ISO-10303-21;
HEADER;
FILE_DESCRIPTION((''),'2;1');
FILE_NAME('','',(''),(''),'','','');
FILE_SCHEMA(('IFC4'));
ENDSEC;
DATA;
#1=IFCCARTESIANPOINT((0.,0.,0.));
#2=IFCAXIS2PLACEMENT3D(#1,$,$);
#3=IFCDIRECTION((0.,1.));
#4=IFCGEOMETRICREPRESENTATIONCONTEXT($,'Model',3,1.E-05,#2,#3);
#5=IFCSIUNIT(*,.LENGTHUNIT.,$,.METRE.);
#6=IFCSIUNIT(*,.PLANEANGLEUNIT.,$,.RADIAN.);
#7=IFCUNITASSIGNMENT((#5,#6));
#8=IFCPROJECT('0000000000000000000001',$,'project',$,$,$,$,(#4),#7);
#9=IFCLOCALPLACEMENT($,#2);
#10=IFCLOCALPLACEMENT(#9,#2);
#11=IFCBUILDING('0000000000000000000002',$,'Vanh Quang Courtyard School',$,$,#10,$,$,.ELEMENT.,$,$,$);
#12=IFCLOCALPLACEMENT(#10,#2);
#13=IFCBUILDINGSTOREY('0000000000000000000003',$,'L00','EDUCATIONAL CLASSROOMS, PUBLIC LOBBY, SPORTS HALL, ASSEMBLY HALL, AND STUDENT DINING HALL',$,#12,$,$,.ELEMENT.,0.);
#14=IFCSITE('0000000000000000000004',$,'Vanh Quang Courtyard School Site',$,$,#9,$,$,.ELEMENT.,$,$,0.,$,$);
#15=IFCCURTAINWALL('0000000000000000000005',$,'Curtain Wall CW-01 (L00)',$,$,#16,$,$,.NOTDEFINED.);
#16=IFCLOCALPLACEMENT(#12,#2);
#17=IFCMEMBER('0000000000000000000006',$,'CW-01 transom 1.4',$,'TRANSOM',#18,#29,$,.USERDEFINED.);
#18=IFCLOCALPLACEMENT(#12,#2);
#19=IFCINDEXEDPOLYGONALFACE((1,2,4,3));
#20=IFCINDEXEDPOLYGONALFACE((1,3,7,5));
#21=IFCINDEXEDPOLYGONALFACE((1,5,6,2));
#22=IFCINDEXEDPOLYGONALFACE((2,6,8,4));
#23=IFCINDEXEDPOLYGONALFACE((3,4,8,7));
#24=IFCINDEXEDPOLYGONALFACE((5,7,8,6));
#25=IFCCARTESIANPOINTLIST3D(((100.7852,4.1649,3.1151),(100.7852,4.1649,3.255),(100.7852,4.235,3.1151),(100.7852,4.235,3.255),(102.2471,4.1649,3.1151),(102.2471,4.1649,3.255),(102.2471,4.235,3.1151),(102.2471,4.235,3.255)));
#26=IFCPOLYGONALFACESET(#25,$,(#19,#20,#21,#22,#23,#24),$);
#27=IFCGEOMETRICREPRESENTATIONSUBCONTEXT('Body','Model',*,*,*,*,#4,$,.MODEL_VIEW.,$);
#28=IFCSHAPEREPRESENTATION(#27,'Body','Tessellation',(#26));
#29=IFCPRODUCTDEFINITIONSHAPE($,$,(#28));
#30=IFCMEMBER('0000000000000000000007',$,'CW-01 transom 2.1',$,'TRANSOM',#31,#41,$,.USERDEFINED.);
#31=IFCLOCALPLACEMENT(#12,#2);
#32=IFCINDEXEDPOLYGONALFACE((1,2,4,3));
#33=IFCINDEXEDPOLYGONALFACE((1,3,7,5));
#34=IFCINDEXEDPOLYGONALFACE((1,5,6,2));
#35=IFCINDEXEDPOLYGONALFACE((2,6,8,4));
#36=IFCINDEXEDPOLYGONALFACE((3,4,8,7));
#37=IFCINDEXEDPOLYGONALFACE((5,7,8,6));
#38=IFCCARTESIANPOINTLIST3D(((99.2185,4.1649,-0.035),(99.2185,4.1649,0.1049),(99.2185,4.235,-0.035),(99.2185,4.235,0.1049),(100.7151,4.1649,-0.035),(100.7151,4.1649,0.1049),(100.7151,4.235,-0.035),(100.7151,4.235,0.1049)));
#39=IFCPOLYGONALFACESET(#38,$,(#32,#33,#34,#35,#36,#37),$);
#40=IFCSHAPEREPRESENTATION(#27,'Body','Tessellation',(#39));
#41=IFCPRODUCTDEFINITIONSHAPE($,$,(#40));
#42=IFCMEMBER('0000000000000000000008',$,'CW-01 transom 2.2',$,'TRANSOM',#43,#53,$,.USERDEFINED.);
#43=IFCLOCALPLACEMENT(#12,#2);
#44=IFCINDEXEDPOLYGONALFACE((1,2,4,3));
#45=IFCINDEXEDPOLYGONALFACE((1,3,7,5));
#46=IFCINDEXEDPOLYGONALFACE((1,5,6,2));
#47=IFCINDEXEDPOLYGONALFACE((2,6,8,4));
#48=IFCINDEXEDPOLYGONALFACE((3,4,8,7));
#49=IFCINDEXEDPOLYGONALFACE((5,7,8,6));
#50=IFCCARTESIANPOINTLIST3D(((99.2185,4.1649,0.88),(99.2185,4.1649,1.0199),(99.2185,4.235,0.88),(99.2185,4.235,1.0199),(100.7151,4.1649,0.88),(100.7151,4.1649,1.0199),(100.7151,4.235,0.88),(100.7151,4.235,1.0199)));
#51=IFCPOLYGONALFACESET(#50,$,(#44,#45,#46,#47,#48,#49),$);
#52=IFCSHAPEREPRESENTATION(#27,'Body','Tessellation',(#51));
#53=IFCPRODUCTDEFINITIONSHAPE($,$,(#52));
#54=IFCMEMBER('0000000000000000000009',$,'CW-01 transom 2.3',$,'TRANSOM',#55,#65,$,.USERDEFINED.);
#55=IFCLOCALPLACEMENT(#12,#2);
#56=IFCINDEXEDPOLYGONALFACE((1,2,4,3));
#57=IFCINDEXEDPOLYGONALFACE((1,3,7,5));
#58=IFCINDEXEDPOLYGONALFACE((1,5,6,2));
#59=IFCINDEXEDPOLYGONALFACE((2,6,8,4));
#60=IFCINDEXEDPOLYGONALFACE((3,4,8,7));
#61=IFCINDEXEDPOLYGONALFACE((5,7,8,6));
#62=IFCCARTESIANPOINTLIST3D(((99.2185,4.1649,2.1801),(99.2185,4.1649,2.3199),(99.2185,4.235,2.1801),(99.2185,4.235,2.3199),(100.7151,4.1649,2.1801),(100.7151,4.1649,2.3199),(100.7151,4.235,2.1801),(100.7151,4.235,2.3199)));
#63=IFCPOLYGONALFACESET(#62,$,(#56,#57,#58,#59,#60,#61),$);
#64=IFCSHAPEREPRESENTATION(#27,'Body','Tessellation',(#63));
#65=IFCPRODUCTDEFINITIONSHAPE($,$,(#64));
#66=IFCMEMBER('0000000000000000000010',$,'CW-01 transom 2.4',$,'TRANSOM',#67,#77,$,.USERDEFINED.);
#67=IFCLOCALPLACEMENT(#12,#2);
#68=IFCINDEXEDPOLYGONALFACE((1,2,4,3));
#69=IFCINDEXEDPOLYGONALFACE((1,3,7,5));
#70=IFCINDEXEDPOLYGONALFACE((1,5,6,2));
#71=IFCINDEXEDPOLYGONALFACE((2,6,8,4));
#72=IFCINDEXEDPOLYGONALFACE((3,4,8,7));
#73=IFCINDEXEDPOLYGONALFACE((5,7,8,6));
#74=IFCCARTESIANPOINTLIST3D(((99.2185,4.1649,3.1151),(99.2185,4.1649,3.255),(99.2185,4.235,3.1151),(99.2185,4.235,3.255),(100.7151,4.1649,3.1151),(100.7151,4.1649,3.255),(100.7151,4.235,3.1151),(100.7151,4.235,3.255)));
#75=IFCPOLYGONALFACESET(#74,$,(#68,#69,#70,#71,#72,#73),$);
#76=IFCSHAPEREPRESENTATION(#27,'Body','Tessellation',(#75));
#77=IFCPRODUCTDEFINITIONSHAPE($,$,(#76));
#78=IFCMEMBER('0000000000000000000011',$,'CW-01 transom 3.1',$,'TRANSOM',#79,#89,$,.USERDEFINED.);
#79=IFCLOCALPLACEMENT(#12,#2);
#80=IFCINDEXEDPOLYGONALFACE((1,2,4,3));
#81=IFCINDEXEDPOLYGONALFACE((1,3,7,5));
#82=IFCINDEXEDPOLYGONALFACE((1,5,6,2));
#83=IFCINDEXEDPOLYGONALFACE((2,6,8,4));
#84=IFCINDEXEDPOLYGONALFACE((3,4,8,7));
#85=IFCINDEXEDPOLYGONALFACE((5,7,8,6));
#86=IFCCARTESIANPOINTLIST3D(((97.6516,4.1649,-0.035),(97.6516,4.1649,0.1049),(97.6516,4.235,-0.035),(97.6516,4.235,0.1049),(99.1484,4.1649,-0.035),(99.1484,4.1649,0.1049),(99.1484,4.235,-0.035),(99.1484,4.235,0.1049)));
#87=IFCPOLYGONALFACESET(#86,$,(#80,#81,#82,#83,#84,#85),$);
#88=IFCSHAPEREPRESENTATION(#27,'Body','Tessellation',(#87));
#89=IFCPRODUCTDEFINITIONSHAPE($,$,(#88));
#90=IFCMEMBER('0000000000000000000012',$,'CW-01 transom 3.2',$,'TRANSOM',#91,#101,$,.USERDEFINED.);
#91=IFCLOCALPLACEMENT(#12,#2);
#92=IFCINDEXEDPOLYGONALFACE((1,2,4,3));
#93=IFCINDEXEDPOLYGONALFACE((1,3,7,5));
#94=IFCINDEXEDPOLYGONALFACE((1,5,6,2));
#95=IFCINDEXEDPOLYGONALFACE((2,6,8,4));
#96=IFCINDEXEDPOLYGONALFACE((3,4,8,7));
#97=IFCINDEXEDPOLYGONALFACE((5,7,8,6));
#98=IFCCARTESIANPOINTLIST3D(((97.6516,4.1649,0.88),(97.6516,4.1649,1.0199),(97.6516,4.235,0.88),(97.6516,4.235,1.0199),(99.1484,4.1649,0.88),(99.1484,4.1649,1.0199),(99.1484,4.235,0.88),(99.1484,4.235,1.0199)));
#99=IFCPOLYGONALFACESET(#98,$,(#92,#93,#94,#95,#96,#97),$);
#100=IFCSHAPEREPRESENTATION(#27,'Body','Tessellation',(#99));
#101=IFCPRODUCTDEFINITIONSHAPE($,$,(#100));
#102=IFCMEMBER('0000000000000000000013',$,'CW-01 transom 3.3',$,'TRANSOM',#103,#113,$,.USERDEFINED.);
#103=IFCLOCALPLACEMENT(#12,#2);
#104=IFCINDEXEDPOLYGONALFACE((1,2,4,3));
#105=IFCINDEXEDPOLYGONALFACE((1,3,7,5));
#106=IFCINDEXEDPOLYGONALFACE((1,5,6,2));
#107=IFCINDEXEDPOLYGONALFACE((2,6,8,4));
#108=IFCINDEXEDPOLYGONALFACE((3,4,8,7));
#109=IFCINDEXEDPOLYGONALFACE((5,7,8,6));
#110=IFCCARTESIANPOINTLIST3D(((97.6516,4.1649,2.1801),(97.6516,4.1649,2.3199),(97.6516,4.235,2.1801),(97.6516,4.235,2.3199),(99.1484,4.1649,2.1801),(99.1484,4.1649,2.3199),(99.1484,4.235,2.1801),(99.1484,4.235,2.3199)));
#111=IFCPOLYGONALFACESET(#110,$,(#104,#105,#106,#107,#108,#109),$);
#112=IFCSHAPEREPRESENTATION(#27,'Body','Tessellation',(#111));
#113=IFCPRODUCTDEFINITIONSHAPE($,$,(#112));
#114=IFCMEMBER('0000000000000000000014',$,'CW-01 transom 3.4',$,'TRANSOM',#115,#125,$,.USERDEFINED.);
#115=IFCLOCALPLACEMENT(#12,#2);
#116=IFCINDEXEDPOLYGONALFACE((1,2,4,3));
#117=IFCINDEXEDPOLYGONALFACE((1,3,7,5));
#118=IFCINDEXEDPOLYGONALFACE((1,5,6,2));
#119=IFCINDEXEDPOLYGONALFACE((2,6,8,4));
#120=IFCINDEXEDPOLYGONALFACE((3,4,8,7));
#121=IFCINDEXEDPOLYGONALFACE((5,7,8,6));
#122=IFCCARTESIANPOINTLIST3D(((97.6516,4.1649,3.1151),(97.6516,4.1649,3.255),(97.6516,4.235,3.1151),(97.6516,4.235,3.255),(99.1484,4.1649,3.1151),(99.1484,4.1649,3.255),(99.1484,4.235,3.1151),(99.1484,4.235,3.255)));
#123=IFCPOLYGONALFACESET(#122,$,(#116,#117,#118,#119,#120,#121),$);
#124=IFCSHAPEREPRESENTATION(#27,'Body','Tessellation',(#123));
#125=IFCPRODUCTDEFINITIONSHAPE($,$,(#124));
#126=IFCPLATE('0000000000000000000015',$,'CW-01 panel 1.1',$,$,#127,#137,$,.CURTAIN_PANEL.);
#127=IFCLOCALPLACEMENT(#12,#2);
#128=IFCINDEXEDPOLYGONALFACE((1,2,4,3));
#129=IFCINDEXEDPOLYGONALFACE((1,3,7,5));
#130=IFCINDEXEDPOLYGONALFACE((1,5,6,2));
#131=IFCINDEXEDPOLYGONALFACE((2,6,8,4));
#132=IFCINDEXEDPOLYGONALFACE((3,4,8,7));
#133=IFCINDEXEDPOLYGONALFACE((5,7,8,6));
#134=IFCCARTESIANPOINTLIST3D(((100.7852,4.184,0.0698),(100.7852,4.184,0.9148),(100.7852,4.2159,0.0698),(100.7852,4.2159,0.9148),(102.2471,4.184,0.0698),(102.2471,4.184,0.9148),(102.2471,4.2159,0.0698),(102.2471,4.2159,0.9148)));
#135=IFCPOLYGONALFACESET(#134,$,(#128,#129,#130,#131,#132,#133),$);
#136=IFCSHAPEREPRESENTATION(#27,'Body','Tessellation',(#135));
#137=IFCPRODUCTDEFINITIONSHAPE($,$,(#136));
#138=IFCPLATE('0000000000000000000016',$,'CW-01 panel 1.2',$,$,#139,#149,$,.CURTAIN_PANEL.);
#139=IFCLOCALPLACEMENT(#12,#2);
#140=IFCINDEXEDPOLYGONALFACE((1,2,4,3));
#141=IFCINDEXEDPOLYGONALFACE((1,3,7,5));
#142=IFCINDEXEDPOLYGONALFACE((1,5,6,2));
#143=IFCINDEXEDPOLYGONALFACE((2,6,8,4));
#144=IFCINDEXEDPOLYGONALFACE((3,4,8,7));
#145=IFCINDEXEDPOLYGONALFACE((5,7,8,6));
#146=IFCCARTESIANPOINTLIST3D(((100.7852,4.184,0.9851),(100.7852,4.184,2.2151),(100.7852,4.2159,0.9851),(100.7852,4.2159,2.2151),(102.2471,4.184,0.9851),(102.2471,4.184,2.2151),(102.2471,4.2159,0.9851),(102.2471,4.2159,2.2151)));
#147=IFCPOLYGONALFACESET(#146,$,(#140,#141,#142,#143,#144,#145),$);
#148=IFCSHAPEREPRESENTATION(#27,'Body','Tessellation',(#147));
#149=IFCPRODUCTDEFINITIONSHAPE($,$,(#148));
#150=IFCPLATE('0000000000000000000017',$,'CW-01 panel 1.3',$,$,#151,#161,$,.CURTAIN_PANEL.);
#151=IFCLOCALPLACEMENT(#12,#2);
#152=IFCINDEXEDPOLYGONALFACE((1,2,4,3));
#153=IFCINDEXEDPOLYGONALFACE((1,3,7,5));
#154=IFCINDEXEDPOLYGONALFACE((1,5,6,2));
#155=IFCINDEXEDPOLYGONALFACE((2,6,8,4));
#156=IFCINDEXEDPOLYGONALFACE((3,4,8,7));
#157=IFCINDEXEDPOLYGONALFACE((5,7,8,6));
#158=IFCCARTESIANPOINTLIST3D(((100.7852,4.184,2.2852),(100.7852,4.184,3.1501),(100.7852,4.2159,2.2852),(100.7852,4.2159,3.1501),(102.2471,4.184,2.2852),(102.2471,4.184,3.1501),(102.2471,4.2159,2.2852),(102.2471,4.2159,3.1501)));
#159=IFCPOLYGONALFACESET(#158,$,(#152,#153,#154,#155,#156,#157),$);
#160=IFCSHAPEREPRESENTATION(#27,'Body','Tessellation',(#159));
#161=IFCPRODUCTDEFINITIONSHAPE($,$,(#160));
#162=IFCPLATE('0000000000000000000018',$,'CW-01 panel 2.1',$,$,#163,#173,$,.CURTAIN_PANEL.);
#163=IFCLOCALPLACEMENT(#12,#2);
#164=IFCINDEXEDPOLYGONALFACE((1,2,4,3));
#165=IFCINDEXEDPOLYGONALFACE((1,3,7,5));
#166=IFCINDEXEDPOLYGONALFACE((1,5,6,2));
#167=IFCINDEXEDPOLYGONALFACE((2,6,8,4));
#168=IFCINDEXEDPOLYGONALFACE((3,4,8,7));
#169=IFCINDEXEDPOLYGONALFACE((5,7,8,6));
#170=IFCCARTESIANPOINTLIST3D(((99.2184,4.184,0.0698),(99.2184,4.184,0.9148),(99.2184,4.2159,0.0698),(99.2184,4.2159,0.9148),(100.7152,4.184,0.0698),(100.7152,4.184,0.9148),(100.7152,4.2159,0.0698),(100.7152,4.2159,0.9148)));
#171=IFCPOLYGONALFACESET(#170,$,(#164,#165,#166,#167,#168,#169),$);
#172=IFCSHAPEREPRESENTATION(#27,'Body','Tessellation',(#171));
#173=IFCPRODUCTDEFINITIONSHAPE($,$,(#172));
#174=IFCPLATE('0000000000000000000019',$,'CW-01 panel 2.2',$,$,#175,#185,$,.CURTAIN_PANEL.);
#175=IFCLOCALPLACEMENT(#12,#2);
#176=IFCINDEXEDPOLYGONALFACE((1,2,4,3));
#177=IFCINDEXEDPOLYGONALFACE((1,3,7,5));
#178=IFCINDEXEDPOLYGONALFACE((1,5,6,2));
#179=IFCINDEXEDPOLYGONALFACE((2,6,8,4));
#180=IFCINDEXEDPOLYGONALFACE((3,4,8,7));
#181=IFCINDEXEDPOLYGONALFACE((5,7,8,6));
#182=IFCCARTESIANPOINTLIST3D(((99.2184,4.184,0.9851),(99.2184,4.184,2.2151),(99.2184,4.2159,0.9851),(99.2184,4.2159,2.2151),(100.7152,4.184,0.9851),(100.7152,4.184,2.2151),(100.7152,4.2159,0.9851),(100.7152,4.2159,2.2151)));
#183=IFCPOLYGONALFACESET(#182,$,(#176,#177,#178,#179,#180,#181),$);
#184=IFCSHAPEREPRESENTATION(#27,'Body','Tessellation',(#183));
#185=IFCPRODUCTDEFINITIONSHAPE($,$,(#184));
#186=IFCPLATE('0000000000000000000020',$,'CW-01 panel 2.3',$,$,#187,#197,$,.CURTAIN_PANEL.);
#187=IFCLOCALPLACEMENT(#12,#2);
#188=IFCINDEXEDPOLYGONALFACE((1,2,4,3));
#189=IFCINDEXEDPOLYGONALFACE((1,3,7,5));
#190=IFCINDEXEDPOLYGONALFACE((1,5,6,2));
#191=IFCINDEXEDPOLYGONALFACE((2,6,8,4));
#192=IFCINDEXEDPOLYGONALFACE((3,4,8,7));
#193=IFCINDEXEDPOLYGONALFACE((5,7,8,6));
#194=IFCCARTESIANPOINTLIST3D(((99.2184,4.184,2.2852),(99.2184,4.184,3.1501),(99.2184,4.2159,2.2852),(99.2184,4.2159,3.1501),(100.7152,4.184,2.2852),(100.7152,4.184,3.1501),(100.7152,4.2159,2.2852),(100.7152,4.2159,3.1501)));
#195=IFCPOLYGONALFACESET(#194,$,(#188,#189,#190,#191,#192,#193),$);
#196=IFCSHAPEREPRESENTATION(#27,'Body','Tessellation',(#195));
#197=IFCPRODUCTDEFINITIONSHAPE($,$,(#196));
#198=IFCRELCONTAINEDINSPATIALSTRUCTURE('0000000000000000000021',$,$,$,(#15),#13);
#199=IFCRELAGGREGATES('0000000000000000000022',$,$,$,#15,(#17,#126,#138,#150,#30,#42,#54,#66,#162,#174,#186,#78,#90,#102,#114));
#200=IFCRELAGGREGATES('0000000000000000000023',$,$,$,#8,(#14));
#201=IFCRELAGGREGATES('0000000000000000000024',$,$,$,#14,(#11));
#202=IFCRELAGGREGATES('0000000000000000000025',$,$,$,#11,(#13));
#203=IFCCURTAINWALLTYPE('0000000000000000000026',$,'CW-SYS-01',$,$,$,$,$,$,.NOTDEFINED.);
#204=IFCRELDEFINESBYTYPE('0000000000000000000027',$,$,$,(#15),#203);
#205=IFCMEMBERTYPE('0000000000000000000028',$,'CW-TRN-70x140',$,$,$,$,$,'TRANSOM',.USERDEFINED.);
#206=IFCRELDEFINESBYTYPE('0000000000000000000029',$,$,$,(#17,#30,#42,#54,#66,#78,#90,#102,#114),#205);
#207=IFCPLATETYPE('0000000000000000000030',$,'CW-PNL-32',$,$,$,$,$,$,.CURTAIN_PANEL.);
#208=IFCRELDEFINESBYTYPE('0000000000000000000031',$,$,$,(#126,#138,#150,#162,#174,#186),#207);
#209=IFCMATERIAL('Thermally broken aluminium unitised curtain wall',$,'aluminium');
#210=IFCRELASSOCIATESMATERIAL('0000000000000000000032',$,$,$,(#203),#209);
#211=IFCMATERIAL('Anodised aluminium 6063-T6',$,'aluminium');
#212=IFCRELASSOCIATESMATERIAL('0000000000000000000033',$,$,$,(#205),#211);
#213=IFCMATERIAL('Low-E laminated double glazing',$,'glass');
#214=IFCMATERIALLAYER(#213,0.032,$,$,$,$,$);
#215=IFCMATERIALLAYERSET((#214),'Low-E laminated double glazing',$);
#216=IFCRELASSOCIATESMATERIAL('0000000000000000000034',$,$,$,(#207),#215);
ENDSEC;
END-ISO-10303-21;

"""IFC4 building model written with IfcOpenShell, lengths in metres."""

from ifc_helpers import new_model, si_unit, direction, frame, origin, origin_2d, place, context, subcontext, project, spatial, rectangle, extrude, material, layer, layer_set, material_profile, profile_set, type_object, element, aggregate, save


model = new_model("IFC4")

# Units and contexts
model_context = context("Model", 3, precision=1e-05, world=origin(), true_north=direction((0.0, 1.0)))
body_context = subcontext(model_context, "Body", "Model", "MODEL_VIEW")
ifc_project = project(units=[si_unit("LENGTHUNIT", "METRE"), si_unit("PLANEANGLEUNIT", "RADIAN")], contexts=[model_context])

# Site, building, storey
site_placement = place(None, origin())
site = spatial("IfcSite", under=ifc_project, at=site_placement, Name="Vanh Quang Courtyard School Site", CompositionType="ELEMENT", RefElevation=0.0)
building_placement = place(site_placement, origin())
building = spatial("IfcBuilding", under=site, at=building_placement, Name="Vanh Quang Courtyard School", CompositionType="ELEMENT")
storey_placement = place(building_placement, origin())
storey = spatial("IfcBuildingStorey", under=building, at=storey_placement, Name="L00", Description="EDUCATIONAL CLASSROOMS, PUBLIC LOBBY, SPORTS HALL, ASSEMBLY HALL, AND STUDENT DINING HALL", CompositionType="ELEMENT", Elevation=0.0)

# Curtain wall, members, plates
ifc_material_1 = material(Name="Thermally broken aluminium unitised curtain wall", Category="aluminium")
curtain_wall_type = type_object("IfcCurtainWallType", Name="CW-SYS-01", PredefinedType="NOTDEFINED", material=ifc_material_1)
curtain_wall_placement = place(storey_placement, origin())
curtain_wall = element("IfcCurtainWall", 1, at=curtain_wall_placement, inside=storey, type_object=curtain_wall_type, Name="Curtain Wall CW-01 (L00)", PredefinedType="NOTDEFINED")
ifc_material_2 = material(Name="Anodised aluminium 6063-T6", Category="aluminium")
ifc_material_profile_1 = material_profile(ifc_material_2, rectangle(XDim=0.0701, YDim=0.1399, at=origin_2d()), Name="ALU-TRN 70x140")
ifc_profile_set_1 = profile_set([ifc_material_profile_1], Name="Anodised aluminium 6063-T6")
member_type_1 = type_object("IfcMemberType", Name="CW-TRN-70x140", ElementType="TRANSOM", PredefinedType="USERDEFINED", material=ifc_profile_set_1)
member_1_placement = place(storey_placement, frame((102.2471, 4.2, 3.1851), z_axis=(-1.0, 0.0, 0.0), x_axis=(0.0, -1.0, 0.0)))
member_1 = element("IfcMember", 2, at=member_1_placement, type_object=member_type_1, Name="CW-01 transom 1.4", ObjectType="TRANSOM", PredefinedType="USERDEFINED", context=body_context, shape_type="SweptSolid", body=[
    extrude(rectangle(XDim=0.0701, YDim=0.1399, at=origin_2d()), origin(), (0.0, 0.0, 1.0), 1.4619),
])
member_2_placement = place(storey_placement, frame((100.7151, 4.2, 0.0349), z_axis=(-1.0, 0.0, 0.0), x_axis=(0.0, -1.0, 0.0)))
member_2 = element("IfcMember", 3, at=member_2_placement, type_object=member_type_1, Name="CW-01 transom 2.1", ObjectType="TRANSOM", PredefinedType="USERDEFINED", context=body_context, shape_type="SweptSolid", body=[
    extrude(rectangle(XDim=0.0701, YDim=0.1399, at=origin_2d()), origin(), (0.0, 0.0, 1.0), 1.4966),
])
member_3_placement = place(storey_placement, frame((100.7151, 4.2, 0.95), z_axis=(-1.0, 0.0, 0.0), x_axis=(0.0, -1.0, 0.0)))
member_3 = element("IfcMember", 4, at=member_3_placement, type_object=member_type_1, Name="CW-01 transom 2.2", ObjectType="TRANSOM", PredefinedType="USERDEFINED", context=body_context, shape_type="SweptSolid", body=[
    extrude(rectangle(XDim=0.0701, YDim=0.1399, at=origin_2d()), origin(), (0.0, 0.0, 1.0), 1.4966),
])
member_4_placement = place(storey_placement, frame((100.7151, 4.2, 2.25), z_axis=(-1.0, 0.0, 0.0), x_axis=(0.0, -1.0, 0.0)))
member_4 = element("IfcMember", 5, at=member_4_placement, type_object=member_type_1, Name="CW-01 transom 2.3", ObjectType="TRANSOM", PredefinedType="USERDEFINED", context=body_context, shape_type="SweptSolid", body=[
    extrude(rectangle(XDim=0.0701, YDim=0.1399, at=origin_2d()), origin(), (0.0, 0.0, 1.0), 1.4966),
])
member_5_placement = place(storey_placement, frame((100.7151, 4.2, 3.1851), z_axis=(-1.0, 0.0, 0.0), x_axis=(0.0, -1.0, 0.0)))
member_5 = element("IfcMember", 6, at=member_5_placement, type_object=member_type_1, Name="CW-01 transom 2.4", ObjectType="TRANSOM", PredefinedType="USERDEFINED", context=body_context, shape_type="SweptSolid", body=[
    extrude(rectangle(XDim=0.0701, YDim=0.1399, at=origin_2d()), origin(), (0.0, 0.0, 1.0), 1.4966),
])
member_6_placement = place(storey_placement, frame((99.1484, 4.2, 0.0349), z_axis=(-1.0, 0.0, 0.0), x_axis=(0.0, -1.0, 0.0)))
member_6 = element("IfcMember", 7, at=member_6_placement, type_object=member_type_1, Name="CW-01 transom 3.1", ObjectType="TRANSOM", PredefinedType="USERDEFINED", context=body_context, shape_type="SweptSolid", body=[
    extrude(rectangle(XDim=0.0701, YDim=0.1399, at=origin_2d()), origin(), (0.0, 0.0, 1.0), 1.4968),
])
member_7_placement = place(storey_placement, frame((99.1484, 4.2, 0.95), z_axis=(-1.0, 0.0, 0.0), x_axis=(0.0, -1.0, 0.0)))
member_7 = element("IfcMember", 8, at=member_7_placement, type_object=member_type_1, Name="CW-01 transom 3.2", ObjectType="TRANSOM", PredefinedType="USERDEFINED", context=body_context, shape_type="SweptSolid", body=[
    extrude(rectangle(XDim=0.0701, YDim=0.1399, at=origin_2d()), origin(), (0.0, 0.0, 1.0), 1.4968),
])
member_8_placement = place(storey_placement, frame((99.1484, 4.2, 2.25), z_axis=(-1.0, 0.0, 0.0), x_axis=(0.0, -1.0, 0.0)))
member_8 = element("IfcMember", 9, at=member_8_placement, type_object=member_type_1, Name="CW-01 transom 3.3", ObjectType="TRANSOM", PredefinedType="USERDEFINED", context=body_context, shape_type="SweptSolid", body=[
    extrude(rectangle(XDim=0.0701, YDim=0.1399, at=origin_2d()), origin(), (0.0, 0.0, 1.0), 1.4968),
])
member_9_placement = place(storey_placement, frame((99.1484, 4.2, 3.1851), z_axis=(-1.0, 0.0, 0.0), x_axis=(0.0, -1.0, 0.0)))
member_9 = element("IfcMember", 10, at=member_9_placement, type_object=member_type_1, Name="CW-01 transom 3.4", ObjectType="TRANSOM", PredefinedType="USERDEFINED", context=body_context, shape_type="SweptSolid", body=[
    extrude(rectangle(XDim=0.0701, YDim=0.1399, at=origin_2d()), origin(), (0.0, 0.0, 1.0), 1.4968),
])
ifc_material_3 = material(Name="Low-E laminated double glazing", Category="glass")
ifc_layer_1 = layer(ifc_material_3, 0.032)
ifc_layer_set_1 = layer_set([ifc_layer_1], Name="Low-E laminated double glazing")
plate_type = type_object("IfcPlateType", Name="CW-PNL-32", PredefinedType="CURTAIN_PANEL", material=ifc_layer_set_1)
plate_1_placement = place(storey_placement, frame((101.5161, 4.2, 0.0698), z_axis=(0.0, 0.0, 1.0), x_axis=(-1.0, 0.0, 0.0)))
plate_1 = element("IfcPlate", 11, at=plate_1_placement, type_object=plate_type, Name="CW-01 panel 1.1", PredefinedType="CURTAIN_PANEL", context=body_context, shape_type="SweptSolid", body=[
    extrude(rectangle(XDim=1.4619, YDim=0.032, at=origin_2d()), origin(), (0.0, 0.0, 1.0), 0.845),
])
plate_2_placement = place(storey_placement, frame((101.5161, 4.2, 0.9851), z_axis=(0.0, 0.0, 1.0), x_axis=(-1.0, 0.0, 0.0)))
plate_2 = element("IfcPlate", 12, at=plate_2_placement, type_object=plate_type, Name="CW-01 panel 1.2", PredefinedType="CURTAIN_PANEL", context=body_context, shape_type="SweptSolid", body=[
    extrude(rectangle(XDim=1.4619, YDim=0.032, at=origin_2d()), origin(), (0.0, 0.0, 1.0), 1.23),
])
plate_3_placement = place(storey_placement, frame((101.5161, 4.2, 2.2852), z_axis=(0.0, 0.0, 1.0), x_axis=(-1.0, 0.0, 0.0)))
plate_3 = element("IfcPlate", 13, at=plate_3_placement, type_object=plate_type, Name="CW-01 panel 1.3", PredefinedType="CURTAIN_PANEL", context=body_context, shape_type="SweptSolid", body=[
    extrude(rectangle(XDim=1.4619, YDim=0.032, at=origin_2d()), origin(), (0.0, 0.0, 1.0), 0.865),
])
plate_4_placement = place(storey_placement, frame((99.9668, 4.2, 0.0698), z_axis=(0.0, 0.0, 1.0), x_axis=(-1.0, 0.0, 0.0)))
plate_4 = element("IfcPlate", 14, at=plate_4_placement, type_object=plate_type, Name="CW-01 panel 2.1", PredefinedType="CURTAIN_PANEL", context=body_context, shape_type="SweptSolid", body=[
    extrude(rectangle(XDim=1.4968, YDim=0.032, at=origin_2d()), origin(), (0.0, 0.0, 1.0), 0.845),
])
plate_5_placement = place(storey_placement, frame((99.9668, 4.2, 0.9851), z_axis=(0.0, 0.0, 1.0), x_axis=(-1.0, 0.0, 0.0)))
plate_5 = element("IfcPlate", 15, at=plate_5_placement, type_object=plate_type, Name="CW-01 panel 2.2", PredefinedType="CURTAIN_PANEL", context=body_context, shape_type="SweptSolid", body=[
    extrude(rectangle(XDim=1.4968, YDim=0.032, at=origin_2d()), origin(), (0.0, 0.0, 1.0), 1.23),
])
plate_6_placement = place(storey_placement, frame((99.9668, 4.2, 2.2852), z_axis=(0.0, 0.0, 1.0), x_axis=(-1.0, 0.0, 0.0)))
plate_6 = element("IfcPlate", 16, at=plate_6_placement, type_object=plate_type, Name="CW-01 panel 2.3", PredefinedType="CURTAIN_PANEL", context=body_context, shape_type="SweptSolid", body=[
    extrude(rectangle(XDim=1.4968, YDim=0.032, at=origin_2d()), origin(), (0.0, 0.0, 1.0), 0.865),
])
aggregate(curtain_wall, [member_1, plate_1, plate_2, plate_3, member_2, member_3, member_4, member_5, plate_4, plate_5, plate_6, member_6, member_7, member_8, member_9])

save(model, "model.ifc")
